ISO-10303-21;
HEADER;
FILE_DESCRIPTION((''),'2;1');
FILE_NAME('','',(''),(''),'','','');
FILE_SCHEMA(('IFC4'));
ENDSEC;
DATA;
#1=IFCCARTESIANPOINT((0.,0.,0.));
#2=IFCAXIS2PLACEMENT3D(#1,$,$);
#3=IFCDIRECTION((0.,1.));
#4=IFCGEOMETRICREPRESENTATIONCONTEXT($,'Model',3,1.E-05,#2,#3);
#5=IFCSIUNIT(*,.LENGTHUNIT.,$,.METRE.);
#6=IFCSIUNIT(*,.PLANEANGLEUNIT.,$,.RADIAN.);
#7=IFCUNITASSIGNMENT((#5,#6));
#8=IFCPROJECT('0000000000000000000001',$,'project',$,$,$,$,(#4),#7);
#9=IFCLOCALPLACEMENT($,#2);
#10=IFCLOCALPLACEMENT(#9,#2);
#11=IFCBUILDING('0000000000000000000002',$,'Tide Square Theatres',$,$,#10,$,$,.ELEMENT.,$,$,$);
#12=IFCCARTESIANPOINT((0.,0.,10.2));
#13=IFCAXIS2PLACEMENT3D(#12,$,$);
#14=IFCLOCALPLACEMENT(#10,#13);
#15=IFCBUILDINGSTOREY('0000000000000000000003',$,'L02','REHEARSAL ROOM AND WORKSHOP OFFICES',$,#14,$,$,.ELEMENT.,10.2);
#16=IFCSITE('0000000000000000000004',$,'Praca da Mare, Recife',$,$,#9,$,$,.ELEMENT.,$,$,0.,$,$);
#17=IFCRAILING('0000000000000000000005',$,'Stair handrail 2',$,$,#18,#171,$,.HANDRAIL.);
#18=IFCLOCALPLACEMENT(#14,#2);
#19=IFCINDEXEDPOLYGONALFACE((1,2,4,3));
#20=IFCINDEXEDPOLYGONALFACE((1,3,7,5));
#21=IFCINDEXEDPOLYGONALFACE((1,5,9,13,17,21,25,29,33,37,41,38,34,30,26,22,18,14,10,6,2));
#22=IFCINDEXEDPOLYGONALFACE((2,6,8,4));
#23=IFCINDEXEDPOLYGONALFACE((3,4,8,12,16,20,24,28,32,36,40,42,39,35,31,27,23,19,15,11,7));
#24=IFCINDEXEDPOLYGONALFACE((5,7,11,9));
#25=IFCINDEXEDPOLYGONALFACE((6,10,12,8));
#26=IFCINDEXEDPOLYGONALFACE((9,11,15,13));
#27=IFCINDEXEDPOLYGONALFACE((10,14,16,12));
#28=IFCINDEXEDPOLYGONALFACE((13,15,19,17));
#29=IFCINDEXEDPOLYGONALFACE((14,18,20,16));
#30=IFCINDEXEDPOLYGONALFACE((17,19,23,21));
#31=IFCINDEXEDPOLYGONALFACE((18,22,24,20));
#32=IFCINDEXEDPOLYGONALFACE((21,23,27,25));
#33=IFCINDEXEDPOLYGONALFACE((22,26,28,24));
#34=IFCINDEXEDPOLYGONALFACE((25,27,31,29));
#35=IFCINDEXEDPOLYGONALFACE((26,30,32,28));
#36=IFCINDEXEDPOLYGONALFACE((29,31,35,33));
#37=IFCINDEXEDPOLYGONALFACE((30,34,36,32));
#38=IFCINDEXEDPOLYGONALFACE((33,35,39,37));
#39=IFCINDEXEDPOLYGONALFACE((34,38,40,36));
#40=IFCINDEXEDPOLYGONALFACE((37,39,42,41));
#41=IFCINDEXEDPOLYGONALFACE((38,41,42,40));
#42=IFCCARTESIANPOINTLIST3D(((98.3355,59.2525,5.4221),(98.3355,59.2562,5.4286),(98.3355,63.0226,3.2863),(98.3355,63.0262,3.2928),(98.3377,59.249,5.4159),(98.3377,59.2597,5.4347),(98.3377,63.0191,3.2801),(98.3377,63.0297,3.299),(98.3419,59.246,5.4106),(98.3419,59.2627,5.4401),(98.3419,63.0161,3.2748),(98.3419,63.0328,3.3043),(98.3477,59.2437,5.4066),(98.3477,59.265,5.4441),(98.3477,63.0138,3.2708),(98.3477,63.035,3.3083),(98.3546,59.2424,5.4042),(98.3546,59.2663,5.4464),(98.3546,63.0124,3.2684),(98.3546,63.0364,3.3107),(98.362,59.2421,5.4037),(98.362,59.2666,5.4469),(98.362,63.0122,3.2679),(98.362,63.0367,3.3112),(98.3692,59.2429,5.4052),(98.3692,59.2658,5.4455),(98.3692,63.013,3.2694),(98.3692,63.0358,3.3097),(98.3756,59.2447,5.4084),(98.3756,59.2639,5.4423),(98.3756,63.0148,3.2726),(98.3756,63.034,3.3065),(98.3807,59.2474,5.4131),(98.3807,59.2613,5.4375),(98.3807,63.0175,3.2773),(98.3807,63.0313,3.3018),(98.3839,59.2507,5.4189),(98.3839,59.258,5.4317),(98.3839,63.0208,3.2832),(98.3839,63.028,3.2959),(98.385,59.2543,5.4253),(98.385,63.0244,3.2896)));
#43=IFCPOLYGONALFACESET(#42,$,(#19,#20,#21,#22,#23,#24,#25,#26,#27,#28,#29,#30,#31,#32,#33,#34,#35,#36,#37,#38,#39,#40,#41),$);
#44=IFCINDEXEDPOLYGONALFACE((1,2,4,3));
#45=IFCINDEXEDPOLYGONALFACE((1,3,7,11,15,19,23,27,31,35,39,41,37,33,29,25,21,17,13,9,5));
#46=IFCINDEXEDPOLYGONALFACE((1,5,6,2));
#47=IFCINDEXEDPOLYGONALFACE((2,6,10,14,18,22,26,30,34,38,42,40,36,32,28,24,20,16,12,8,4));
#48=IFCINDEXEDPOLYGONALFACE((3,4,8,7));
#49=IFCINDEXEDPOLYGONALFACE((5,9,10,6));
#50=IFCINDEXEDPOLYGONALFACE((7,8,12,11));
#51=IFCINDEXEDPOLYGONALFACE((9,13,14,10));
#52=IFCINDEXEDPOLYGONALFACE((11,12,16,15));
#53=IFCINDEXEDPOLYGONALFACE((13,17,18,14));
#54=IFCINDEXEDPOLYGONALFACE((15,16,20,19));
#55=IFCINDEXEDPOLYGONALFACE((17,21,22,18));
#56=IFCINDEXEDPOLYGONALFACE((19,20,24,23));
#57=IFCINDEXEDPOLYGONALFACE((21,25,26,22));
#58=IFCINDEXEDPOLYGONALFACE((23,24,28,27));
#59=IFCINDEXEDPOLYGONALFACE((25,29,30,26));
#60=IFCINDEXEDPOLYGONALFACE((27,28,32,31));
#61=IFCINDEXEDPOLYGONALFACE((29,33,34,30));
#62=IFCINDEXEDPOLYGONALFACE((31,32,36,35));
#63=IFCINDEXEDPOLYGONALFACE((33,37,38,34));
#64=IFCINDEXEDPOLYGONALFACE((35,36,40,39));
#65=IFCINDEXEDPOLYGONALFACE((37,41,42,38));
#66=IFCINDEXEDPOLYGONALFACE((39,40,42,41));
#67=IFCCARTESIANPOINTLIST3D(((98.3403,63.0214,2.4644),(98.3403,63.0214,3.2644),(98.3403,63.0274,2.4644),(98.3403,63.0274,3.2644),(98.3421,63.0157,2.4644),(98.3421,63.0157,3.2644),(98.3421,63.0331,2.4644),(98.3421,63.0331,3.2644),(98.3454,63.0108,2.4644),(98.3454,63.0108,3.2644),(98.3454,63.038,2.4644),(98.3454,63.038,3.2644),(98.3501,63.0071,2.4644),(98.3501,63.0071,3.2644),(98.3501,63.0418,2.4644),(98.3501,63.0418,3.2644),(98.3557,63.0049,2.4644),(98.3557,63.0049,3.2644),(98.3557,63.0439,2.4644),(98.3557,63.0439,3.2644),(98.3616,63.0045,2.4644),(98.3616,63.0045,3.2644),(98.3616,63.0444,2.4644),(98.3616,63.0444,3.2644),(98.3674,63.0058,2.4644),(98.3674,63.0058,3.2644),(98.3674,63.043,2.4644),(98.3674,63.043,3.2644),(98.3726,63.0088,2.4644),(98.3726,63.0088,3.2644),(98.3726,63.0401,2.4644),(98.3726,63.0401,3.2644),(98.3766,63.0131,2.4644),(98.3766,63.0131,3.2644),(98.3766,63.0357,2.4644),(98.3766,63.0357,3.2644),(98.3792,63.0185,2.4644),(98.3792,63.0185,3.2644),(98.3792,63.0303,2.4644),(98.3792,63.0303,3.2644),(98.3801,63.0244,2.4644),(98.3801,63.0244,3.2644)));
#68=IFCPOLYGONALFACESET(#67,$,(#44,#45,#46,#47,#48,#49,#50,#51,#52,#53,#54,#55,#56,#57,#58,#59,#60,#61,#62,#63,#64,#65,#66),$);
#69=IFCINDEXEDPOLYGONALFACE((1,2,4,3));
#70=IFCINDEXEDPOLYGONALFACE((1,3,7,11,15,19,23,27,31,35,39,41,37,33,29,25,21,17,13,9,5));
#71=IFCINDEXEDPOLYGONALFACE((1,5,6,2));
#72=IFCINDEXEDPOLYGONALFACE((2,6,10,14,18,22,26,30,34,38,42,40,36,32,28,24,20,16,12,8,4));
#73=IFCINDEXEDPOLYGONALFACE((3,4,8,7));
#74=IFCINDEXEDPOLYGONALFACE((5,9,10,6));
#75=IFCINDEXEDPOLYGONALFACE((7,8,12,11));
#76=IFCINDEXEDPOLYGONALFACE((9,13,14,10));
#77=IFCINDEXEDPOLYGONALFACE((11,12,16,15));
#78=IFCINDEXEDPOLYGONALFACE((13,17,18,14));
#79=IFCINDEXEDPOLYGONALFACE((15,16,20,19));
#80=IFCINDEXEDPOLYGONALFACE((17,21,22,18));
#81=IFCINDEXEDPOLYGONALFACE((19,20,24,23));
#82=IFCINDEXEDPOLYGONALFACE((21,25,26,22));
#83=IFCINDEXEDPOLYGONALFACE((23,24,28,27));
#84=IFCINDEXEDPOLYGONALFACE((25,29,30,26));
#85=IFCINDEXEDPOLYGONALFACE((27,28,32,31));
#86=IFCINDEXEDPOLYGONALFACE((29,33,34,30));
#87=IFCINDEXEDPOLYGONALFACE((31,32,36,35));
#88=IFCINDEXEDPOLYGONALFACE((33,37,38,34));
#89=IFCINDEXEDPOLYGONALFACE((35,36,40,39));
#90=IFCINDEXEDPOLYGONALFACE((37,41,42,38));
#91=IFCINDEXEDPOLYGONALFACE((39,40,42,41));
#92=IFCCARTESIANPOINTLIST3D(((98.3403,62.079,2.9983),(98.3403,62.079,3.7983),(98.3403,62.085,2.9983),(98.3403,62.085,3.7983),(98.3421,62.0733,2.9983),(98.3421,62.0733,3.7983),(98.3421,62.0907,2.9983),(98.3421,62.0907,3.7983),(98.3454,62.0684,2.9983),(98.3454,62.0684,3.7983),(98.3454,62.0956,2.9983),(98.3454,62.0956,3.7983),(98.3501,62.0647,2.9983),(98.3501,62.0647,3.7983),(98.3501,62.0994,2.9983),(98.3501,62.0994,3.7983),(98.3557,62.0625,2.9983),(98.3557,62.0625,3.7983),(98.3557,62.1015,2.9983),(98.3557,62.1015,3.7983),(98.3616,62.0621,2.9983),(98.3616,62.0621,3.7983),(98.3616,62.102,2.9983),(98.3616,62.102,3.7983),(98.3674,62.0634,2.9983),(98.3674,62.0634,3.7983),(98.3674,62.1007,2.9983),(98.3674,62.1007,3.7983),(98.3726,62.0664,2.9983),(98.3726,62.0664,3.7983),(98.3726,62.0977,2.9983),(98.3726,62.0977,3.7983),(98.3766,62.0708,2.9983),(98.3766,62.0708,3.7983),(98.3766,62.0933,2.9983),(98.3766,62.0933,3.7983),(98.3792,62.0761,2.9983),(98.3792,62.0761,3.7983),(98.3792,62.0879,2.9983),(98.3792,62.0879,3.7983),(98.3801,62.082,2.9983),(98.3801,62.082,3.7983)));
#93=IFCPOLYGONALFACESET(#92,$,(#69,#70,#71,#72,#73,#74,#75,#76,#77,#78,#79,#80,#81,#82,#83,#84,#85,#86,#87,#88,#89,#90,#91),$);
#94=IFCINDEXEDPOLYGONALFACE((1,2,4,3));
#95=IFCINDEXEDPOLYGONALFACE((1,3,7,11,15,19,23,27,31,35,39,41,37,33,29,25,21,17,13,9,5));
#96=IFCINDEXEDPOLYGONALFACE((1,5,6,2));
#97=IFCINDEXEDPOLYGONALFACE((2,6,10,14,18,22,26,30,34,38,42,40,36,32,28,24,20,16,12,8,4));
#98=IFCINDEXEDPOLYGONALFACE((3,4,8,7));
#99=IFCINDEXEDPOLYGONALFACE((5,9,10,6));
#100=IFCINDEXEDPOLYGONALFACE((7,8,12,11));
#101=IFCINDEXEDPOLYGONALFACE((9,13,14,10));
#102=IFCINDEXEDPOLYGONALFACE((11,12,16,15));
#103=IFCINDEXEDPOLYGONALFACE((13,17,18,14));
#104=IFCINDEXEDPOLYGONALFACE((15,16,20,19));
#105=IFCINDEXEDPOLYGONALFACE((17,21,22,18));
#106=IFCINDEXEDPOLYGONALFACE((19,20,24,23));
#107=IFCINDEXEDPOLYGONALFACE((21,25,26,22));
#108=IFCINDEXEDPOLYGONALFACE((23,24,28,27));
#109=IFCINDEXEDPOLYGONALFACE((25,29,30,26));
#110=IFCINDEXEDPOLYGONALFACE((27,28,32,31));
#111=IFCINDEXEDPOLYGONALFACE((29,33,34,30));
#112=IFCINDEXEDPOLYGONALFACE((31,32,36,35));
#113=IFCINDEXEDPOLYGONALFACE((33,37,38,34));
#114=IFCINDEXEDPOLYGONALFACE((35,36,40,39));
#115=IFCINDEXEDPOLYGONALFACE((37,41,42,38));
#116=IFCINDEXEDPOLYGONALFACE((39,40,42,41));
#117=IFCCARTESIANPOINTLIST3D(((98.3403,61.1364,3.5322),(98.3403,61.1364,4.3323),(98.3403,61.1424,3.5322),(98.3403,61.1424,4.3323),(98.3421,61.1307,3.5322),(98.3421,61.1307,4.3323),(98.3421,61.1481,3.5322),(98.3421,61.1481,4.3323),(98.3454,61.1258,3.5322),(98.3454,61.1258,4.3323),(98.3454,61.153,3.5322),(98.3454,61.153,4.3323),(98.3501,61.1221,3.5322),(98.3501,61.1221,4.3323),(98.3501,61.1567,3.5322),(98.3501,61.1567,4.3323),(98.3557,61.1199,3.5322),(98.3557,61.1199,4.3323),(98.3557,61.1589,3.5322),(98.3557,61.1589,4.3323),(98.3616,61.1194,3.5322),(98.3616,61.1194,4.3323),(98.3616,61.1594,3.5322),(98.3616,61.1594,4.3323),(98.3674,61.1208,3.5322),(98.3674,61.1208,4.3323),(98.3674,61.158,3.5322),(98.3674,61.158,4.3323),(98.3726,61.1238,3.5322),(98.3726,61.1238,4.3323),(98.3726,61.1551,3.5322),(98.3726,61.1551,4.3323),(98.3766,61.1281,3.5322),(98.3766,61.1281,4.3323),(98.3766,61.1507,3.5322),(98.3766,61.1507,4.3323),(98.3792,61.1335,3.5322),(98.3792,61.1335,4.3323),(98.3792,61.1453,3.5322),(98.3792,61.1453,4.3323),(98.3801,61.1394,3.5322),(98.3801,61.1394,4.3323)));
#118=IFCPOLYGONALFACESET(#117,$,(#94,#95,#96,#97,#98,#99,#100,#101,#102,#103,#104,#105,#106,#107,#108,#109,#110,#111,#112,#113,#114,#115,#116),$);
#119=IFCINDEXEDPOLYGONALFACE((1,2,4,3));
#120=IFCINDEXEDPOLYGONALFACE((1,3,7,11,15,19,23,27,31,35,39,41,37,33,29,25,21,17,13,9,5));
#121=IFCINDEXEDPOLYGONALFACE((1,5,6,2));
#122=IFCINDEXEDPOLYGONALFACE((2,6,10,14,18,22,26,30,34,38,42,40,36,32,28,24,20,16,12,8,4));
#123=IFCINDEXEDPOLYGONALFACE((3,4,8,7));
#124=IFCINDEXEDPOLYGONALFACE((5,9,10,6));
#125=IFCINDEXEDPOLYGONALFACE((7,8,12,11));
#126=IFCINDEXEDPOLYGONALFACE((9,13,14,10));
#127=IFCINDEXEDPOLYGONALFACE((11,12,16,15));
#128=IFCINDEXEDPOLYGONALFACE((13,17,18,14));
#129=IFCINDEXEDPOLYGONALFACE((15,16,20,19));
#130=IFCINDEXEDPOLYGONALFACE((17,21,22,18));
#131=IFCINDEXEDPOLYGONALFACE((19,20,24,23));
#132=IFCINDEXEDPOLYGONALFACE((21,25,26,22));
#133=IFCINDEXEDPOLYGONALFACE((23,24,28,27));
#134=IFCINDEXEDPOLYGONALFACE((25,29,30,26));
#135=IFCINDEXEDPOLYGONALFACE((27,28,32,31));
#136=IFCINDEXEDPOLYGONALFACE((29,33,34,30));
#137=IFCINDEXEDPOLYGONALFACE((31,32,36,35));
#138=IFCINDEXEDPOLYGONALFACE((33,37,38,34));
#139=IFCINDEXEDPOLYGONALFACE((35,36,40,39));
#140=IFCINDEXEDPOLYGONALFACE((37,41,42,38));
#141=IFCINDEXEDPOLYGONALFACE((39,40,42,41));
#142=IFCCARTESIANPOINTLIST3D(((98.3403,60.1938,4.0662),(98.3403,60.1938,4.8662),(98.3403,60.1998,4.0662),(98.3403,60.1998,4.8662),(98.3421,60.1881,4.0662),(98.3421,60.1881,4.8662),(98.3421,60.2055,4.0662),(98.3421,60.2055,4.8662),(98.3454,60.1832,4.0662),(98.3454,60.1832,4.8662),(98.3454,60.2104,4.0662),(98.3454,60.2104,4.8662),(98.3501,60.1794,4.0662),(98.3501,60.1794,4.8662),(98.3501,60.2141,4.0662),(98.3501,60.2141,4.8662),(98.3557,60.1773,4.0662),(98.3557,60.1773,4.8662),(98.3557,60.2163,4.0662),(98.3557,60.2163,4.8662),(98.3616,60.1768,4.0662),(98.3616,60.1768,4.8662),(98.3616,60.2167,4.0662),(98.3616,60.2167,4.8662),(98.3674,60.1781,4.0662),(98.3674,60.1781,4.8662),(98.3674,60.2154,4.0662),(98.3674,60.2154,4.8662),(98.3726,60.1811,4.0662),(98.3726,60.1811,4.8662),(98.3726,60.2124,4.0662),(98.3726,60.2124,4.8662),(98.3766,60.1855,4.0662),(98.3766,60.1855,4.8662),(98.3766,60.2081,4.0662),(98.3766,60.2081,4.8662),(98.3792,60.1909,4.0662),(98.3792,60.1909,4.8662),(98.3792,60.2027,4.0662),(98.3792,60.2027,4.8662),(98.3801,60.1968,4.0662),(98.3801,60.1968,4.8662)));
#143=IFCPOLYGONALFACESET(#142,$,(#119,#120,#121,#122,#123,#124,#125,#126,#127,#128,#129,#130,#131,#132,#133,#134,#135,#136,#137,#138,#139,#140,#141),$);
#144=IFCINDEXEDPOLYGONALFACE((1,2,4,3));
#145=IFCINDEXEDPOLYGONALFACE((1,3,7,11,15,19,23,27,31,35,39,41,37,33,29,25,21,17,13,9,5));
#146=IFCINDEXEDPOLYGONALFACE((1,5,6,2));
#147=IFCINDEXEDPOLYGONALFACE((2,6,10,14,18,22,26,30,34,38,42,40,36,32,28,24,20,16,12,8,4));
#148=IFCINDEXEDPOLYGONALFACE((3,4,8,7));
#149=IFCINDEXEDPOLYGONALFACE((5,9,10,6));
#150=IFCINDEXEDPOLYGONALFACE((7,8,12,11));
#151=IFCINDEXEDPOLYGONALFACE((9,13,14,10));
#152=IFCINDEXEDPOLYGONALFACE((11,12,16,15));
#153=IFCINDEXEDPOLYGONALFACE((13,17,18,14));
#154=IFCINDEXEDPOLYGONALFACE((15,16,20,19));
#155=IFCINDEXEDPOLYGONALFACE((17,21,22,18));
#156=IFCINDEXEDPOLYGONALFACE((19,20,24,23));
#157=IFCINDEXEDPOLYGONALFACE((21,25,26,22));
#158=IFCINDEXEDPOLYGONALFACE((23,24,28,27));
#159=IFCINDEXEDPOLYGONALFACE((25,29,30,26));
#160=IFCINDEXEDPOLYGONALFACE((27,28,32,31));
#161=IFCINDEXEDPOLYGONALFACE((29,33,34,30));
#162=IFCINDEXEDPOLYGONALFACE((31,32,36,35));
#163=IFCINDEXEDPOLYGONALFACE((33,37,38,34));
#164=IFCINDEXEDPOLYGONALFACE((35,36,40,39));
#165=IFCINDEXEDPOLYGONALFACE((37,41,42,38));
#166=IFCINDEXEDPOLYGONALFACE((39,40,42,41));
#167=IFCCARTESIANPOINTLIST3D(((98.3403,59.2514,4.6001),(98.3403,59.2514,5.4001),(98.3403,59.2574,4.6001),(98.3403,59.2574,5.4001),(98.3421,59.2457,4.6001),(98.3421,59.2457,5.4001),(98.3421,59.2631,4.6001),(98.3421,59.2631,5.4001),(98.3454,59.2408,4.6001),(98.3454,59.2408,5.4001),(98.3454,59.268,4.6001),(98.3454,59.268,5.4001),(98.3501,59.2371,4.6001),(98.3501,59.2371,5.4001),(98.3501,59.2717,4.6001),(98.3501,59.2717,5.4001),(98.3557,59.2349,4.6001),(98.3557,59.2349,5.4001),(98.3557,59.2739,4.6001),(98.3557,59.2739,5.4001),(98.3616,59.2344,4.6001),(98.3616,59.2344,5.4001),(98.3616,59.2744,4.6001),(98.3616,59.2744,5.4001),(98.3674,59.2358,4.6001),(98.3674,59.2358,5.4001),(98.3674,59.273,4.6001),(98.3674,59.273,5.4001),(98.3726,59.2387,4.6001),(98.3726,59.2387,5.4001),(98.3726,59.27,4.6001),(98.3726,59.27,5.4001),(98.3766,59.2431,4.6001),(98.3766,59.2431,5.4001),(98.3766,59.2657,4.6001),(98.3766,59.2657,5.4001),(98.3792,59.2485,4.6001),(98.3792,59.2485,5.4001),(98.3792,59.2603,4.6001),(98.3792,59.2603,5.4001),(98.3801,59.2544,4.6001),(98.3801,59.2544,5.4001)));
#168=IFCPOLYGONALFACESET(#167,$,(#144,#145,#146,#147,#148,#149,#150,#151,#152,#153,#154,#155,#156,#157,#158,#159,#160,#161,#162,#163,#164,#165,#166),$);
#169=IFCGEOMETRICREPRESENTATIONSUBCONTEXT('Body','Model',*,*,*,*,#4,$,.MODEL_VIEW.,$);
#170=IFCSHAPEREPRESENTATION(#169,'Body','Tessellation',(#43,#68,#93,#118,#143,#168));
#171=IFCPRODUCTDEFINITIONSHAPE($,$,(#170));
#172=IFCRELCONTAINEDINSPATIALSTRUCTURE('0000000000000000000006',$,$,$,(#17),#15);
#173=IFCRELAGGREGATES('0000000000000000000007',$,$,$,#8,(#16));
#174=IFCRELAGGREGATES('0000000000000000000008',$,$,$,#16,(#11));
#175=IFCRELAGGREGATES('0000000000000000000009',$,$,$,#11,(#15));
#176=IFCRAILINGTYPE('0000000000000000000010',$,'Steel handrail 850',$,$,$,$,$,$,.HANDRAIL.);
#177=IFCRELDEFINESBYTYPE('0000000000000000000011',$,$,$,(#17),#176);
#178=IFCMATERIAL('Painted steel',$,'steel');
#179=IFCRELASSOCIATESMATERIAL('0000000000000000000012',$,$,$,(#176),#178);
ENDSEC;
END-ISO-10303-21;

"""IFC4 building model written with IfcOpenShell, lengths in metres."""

from ifc_helpers import new_model, si_unit, direction, frame, origin, origin_2d, place, context, subcontext, project, spatial, circle, extrude, material, type_object, element, save


model = new_model("IFC4")

# Units and contexts
model_context = context("Model", 3, precision=1e-05, world=origin(), true_north=direction((0.0, 1.0)))
body_context = subcontext(model_context, "Body", "Model", "MODEL_VIEW")
ifc_project = project(units=[si_unit("LENGTHUNIT", "METRE"), si_unit("PLANEANGLEUNIT", "RADIAN")], contexts=[model_context])

# Site, building, storey
site_placement = place(None, origin())
site = spatial("IfcSite", under=ifc_project, at=site_placement, Name="Praca da Mare, Recife", CompositionType="ELEMENT", RefElevation=0.0)
building_placement = place(site_placement, origin())
building = spatial("IfcBuilding", under=site, at=building_placement, Name="Tide Square Theatres", CompositionType="ELEMENT")
storey_placement = place(building_placement, frame((0.0, 0.0, 10.2)))
storey = spatial("IfcBuildingStorey", under=building, at=storey_placement, Name="L02", Description="REHEARSAL ROOM AND WORKSHOP OFFICES", CompositionType="ELEMENT", Elevation=10.2)

# Railing
ifc_material_1 = material(Name="Painted steel", Category="steel")
railing_type = type_object("IfcRailingType", Name="Steel handrail 850", PredefinedType="HANDRAIL", material=ifc_material_1)
for number, where, name in (
    (1, (98.3601, 63.0244, 2.4644), "Stair handrail 2"),
):
    element("IfcRailing", number, at=place(storey_placement, frame(where)), inside=storey, type_object=railing_type, Name=name, PredefinedType="HANDRAIL", context=body_context, shape_type="SweptSolid", body=[
        extrude(circle(Radius=0.0249, at=origin_2d()), frame((0.0, 0.0, 0.8252), z_axis=(0.0, -0.870082, 0.492907), x_axis=(1.0, 0.0, 0.0)), (0.0, 0.0, 1.0), 4.333),
        extrude(circle(Radius=0.02, at=origin_2d()), origin(), (0.0, 0.0, 1.0), 0.8),
        extrude(circle(Radius=0.02, at=origin_2d()), frame((0.0, -0.9424, 0.5339)), (0.0, 0.0, 1.0), 0.8),
        extrude(circle(Radius=0.02, at=origin_2d()), frame((0.0, -1.885, 1.0679)), (0.0, 0.0, 1.0), 0.8),
        extrude(circle(Radius=0.02, at=origin_2d()), frame((0.0, -2.8276, 1.6018)), (0.0, 0.0, 1.0), 0.8),
        extrude(circle(Radius=0.02, at=origin_2d()), frame((0.0, -3.77, 2.1357)), (0.0, 0.0, 1.0), 0.8),
    ])

save(model, "model.ifc")
